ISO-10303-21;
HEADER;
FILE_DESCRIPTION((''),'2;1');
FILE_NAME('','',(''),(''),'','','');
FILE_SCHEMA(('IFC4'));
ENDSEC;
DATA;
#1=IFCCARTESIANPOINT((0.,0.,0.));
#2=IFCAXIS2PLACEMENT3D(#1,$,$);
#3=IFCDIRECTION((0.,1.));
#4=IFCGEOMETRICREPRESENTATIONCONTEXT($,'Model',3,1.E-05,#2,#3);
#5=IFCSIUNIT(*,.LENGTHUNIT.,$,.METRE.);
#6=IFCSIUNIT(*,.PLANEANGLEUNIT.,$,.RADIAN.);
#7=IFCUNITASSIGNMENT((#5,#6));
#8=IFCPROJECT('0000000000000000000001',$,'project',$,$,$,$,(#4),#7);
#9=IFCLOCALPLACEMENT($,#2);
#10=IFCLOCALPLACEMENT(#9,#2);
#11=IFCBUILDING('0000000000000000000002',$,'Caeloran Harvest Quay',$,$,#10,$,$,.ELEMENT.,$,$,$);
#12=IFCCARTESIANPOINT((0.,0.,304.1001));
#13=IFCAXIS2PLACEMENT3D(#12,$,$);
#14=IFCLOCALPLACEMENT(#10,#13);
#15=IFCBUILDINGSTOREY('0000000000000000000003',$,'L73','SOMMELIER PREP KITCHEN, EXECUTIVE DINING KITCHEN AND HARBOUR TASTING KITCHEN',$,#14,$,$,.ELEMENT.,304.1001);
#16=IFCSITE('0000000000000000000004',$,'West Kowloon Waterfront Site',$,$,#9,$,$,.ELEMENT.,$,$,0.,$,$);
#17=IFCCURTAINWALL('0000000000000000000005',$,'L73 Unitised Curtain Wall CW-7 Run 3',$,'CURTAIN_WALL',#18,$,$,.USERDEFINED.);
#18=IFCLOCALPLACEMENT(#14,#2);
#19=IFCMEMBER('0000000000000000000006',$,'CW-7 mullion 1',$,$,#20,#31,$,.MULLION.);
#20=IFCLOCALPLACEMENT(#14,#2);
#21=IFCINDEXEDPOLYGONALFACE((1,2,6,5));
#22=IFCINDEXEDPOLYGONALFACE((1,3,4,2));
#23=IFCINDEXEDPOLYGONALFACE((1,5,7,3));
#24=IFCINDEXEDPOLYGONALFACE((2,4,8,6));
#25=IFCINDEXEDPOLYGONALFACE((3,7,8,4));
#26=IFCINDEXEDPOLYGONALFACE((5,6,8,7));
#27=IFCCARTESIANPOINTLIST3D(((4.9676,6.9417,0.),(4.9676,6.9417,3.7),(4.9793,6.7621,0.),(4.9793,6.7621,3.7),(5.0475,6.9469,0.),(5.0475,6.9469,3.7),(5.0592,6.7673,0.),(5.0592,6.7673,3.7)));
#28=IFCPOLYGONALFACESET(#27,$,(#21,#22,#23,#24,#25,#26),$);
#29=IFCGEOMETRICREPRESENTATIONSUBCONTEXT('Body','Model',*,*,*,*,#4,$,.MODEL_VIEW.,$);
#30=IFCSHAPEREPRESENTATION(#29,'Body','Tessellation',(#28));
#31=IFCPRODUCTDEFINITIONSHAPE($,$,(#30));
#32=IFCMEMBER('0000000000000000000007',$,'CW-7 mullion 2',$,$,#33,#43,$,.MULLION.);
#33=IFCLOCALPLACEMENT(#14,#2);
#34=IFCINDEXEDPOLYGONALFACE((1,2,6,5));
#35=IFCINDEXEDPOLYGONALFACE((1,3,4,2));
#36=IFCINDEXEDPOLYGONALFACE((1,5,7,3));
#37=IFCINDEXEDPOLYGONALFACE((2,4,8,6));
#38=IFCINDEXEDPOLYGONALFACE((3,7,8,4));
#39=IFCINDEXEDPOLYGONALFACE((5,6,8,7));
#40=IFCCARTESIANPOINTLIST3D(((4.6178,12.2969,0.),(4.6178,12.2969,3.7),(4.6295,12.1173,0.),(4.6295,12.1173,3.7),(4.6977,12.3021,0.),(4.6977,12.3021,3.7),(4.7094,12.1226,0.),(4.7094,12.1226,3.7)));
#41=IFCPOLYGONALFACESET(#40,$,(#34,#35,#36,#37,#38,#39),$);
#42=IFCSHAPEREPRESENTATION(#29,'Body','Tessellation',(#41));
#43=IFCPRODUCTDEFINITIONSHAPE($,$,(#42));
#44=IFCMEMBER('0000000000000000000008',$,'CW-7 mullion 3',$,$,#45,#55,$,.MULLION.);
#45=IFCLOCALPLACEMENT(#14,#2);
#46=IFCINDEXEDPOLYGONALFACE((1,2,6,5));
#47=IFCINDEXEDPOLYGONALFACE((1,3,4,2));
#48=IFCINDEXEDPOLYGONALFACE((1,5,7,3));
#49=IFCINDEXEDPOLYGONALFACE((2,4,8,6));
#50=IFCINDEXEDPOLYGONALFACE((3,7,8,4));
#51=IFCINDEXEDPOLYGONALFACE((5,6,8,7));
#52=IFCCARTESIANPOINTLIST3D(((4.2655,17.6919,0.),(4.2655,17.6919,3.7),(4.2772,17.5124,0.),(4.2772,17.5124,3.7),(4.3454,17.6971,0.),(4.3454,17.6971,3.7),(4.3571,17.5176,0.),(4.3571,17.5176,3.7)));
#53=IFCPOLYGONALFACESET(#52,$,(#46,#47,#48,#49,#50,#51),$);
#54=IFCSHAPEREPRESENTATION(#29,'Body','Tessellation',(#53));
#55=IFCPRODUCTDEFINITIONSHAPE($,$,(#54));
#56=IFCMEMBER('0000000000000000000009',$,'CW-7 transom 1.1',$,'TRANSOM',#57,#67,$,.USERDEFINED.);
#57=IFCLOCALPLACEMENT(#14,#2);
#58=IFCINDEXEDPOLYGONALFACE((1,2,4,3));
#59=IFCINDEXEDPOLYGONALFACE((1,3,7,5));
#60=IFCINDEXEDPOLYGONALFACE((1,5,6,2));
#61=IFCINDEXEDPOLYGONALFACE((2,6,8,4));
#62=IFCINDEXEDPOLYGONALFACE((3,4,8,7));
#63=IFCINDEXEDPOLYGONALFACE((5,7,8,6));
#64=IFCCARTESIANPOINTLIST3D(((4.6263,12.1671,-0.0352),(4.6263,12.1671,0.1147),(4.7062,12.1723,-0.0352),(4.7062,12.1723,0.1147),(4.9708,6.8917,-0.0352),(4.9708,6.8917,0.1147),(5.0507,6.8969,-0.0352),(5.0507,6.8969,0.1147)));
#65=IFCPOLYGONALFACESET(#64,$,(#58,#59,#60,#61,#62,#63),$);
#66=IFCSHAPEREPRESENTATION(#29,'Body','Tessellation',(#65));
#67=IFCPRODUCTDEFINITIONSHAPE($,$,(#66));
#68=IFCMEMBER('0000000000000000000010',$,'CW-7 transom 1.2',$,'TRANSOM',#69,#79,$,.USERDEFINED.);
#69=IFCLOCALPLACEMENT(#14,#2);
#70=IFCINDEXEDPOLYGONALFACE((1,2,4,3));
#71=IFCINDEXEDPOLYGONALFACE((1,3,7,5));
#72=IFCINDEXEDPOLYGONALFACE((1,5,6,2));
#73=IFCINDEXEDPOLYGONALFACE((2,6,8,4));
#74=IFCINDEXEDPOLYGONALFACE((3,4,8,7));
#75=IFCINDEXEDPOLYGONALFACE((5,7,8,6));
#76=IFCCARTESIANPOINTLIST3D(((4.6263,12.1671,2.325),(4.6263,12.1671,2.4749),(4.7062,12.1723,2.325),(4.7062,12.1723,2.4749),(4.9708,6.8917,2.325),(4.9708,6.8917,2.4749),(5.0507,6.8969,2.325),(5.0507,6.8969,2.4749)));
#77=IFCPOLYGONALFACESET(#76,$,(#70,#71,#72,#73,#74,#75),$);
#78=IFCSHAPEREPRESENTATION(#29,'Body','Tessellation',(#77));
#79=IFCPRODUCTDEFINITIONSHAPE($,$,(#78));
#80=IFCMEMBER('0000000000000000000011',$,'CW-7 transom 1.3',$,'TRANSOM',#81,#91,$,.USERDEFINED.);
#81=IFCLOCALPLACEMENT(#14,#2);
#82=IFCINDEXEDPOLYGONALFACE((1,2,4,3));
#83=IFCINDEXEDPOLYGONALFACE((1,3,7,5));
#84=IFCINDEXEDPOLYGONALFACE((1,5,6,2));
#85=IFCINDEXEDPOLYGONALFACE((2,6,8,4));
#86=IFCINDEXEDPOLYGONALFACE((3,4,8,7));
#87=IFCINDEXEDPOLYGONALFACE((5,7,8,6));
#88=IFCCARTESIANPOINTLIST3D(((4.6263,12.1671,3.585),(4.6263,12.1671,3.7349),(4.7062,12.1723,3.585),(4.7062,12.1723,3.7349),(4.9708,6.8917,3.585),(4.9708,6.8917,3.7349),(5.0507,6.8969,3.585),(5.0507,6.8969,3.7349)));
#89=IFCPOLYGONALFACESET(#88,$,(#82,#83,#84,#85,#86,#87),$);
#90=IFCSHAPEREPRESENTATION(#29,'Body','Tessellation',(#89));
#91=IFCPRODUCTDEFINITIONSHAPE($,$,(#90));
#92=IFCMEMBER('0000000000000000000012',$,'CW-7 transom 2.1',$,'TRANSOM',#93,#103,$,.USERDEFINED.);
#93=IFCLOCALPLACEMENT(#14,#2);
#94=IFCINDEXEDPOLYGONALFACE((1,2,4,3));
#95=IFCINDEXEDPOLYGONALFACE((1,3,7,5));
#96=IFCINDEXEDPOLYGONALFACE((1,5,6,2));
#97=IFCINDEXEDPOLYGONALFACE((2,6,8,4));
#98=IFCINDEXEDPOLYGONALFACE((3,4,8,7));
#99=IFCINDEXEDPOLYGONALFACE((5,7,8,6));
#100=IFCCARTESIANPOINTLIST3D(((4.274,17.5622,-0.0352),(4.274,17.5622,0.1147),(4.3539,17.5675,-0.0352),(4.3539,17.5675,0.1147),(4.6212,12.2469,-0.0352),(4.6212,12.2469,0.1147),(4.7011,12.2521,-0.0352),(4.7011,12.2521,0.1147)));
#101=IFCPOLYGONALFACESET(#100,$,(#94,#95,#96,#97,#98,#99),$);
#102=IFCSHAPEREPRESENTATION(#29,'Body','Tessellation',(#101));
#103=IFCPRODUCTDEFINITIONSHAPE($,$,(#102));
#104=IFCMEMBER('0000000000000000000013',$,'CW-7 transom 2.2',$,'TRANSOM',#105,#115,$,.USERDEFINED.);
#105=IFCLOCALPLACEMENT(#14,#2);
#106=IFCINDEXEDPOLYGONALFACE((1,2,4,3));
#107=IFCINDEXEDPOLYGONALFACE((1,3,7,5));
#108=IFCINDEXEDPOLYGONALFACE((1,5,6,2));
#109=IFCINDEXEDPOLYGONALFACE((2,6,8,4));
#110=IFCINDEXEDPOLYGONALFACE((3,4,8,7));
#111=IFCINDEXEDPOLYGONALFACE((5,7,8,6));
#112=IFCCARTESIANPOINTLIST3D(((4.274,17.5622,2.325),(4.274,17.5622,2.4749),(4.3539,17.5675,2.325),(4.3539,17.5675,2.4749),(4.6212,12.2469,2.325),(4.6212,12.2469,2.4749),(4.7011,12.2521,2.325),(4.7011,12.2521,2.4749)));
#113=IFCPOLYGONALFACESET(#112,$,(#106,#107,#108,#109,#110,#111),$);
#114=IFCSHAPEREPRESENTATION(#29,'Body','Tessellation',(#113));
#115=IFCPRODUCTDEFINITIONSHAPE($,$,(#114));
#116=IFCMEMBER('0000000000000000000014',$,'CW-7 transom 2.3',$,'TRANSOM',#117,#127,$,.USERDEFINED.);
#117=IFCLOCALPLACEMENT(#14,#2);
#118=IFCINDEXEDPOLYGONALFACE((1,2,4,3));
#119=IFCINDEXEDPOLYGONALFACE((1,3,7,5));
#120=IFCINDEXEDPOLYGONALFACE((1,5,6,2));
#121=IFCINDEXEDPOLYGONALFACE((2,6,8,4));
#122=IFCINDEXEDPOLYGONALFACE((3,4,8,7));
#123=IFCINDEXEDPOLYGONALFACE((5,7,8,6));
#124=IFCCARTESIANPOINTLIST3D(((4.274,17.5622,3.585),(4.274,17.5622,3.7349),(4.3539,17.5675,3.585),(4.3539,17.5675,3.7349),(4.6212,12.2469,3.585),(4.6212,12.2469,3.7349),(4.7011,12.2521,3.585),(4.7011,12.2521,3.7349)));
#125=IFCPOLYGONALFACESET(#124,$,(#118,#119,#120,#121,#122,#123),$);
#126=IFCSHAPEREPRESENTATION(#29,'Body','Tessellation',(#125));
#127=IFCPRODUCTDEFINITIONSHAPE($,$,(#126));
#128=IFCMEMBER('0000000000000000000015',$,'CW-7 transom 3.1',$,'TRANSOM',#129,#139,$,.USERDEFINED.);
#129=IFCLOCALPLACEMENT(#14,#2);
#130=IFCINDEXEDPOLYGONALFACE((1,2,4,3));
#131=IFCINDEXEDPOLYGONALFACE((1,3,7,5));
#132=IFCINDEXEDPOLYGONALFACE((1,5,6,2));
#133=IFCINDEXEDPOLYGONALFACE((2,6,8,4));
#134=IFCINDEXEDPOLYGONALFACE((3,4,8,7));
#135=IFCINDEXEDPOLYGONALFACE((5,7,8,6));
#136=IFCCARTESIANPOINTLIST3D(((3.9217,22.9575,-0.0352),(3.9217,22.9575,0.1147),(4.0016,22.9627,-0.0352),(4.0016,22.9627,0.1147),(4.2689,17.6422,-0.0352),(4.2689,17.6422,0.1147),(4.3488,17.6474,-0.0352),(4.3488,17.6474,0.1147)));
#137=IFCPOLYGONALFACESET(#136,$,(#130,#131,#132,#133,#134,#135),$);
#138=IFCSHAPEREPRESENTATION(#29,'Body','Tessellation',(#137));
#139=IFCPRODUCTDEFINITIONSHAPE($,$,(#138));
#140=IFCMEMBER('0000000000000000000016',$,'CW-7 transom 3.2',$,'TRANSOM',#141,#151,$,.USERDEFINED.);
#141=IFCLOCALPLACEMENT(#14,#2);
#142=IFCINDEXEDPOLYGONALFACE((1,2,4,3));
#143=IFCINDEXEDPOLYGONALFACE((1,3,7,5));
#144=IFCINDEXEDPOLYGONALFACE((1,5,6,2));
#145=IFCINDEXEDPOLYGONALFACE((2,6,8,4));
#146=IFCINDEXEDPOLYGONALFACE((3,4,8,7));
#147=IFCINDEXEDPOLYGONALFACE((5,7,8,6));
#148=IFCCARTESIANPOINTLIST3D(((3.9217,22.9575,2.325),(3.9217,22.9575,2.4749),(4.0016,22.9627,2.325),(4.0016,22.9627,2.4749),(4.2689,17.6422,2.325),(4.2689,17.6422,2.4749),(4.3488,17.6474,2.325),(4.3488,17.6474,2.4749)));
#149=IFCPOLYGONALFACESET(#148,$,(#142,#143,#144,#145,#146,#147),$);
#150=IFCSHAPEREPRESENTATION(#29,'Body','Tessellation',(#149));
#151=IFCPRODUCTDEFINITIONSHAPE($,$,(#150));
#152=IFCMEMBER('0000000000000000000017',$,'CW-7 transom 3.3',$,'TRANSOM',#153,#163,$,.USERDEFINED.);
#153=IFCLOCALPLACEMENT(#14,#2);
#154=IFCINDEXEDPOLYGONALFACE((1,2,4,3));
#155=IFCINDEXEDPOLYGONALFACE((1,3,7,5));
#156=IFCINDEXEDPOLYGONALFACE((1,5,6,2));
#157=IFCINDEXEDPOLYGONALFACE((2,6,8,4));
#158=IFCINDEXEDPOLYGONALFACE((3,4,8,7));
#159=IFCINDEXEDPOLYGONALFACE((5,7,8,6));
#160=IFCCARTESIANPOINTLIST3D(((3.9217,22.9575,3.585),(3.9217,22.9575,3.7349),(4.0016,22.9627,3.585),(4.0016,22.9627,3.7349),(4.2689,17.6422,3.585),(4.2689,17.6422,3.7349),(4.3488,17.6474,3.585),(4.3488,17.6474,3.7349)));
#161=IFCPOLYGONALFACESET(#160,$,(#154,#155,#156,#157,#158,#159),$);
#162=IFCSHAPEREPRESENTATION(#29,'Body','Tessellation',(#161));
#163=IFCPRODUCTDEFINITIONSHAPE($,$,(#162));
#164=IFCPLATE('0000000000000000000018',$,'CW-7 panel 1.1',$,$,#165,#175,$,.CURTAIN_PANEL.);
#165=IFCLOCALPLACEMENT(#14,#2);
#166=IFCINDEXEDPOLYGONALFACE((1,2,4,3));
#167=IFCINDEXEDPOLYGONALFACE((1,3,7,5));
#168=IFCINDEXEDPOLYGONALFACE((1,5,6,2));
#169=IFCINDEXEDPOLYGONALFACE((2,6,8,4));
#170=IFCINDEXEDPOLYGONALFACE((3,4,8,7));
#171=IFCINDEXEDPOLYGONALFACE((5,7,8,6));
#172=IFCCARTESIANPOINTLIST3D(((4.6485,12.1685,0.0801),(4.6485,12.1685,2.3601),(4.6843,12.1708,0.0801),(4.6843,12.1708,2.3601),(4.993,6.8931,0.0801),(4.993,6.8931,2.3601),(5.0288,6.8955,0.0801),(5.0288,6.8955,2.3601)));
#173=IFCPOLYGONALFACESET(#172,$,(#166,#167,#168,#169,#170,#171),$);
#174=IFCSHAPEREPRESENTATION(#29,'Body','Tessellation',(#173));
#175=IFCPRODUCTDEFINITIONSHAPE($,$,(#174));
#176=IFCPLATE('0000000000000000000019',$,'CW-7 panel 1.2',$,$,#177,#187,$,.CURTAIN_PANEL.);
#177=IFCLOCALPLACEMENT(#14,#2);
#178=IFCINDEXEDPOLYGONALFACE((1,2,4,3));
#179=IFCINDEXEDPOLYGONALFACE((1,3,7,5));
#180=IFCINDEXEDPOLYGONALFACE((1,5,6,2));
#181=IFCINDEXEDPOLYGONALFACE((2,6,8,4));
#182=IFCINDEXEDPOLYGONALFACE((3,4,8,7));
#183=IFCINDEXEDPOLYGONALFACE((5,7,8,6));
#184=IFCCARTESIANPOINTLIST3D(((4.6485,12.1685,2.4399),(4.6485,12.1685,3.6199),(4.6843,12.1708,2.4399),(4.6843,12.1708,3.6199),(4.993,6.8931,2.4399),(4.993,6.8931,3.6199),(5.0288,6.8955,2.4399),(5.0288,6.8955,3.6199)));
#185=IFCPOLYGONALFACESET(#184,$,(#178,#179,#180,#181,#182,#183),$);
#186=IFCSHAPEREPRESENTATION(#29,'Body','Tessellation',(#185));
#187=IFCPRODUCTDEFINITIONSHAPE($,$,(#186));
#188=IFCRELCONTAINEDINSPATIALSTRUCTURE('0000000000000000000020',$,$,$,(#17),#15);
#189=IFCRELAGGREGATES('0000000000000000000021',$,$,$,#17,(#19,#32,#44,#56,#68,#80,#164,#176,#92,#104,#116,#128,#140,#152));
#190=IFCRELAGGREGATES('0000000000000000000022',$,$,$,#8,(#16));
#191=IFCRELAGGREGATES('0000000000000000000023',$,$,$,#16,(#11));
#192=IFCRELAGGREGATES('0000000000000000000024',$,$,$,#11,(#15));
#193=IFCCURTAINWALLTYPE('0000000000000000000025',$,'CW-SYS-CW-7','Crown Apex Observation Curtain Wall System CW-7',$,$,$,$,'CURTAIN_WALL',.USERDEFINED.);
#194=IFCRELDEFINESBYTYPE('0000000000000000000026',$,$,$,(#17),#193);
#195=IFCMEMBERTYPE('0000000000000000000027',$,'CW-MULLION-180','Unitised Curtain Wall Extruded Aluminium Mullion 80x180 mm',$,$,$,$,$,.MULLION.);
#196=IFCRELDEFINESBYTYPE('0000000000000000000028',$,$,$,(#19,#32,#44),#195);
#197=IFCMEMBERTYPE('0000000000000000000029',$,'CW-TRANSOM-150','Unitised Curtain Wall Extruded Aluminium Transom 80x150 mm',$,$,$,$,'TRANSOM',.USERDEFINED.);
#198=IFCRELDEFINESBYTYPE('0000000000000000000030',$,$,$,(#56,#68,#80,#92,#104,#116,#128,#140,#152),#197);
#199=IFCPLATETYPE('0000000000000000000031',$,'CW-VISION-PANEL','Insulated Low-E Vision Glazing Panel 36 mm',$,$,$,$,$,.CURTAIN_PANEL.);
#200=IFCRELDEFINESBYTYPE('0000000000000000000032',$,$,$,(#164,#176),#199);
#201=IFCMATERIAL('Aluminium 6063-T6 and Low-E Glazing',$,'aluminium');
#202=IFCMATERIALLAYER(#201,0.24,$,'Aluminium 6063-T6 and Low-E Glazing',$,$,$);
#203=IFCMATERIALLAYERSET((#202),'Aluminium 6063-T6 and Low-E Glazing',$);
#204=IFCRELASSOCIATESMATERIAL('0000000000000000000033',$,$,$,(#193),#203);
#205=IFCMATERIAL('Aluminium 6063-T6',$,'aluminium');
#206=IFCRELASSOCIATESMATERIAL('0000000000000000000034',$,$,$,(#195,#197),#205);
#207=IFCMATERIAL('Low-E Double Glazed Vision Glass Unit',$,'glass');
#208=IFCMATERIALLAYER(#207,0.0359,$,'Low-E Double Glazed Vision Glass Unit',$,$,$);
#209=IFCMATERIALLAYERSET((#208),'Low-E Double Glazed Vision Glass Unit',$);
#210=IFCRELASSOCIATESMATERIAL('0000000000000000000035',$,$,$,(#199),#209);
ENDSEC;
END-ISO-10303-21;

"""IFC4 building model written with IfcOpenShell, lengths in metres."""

from ifc_helpers import new_model, si_unit, direction, frame, origin, origin_2d, place, context, subcontext, project, spatial, rectangle, extrude, material, layer, layer_set, material_profile, profile_set, type_object, element, aggregate, save


model = new_model("IFC4")

# Units and contexts
model_context = context("Model", 3, precision=1e-05, world=origin(), true_north=direction((0.0, 1.0)))
body_context = subcontext(model_context, "Body", "Model", "MODEL_VIEW")
ifc_project = project(units=[si_unit("LENGTHUNIT", "METRE"), si_unit("PLANEANGLEUNIT", "RADIAN")], contexts=[model_context])

# Site, building, storey
site_placement = place(None, origin())
site = spatial("IfcSite", under=ifc_project, at=site_placement, Name="West Kowloon Waterfront Site", CompositionType="ELEMENT", RefElevation=0.0)
building_placement = place(site_placement, origin())
building = spatial("IfcBuilding", under=site, at=building_placement, Name="Caeloran Harvest Quay", CompositionType="ELEMENT")
storey_placement = place(building_placement, frame((0.0, 0.0, 304.1001)))
storey = spatial("IfcBuildingStorey", under=building, at=storey_placement, Name="L73", Description="SOMMELIER PREP KITCHEN, EXECUTIVE DINING KITCHEN AND HARBOUR TASTING KITCHEN", CompositionType="ELEMENT", Elevation=304.1001)

# Curtain wall, members, plates
ifc_material_1 = material(Name="Aluminium 6063-T6 and Low-E Glazing", Category="aluminium")
ifc_layer_1 = layer(ifc_material_1, 0.24, Name="Aluminium 6063-T6 and Low-E Glazing")
ifc_layer_set_1 = layer_set([ifc_layer_1], Name="Aluminium 6063-T6 and Low-E Glazing")
curtain_wall_type = type_object("IfcCurtainWallType", Name="CW-SYS-CW-7", Description="Crown Apex Observation Curtain Wall System CW-7", ElementType="CURTAIN_WALL", PredefinedType="USERDEFINED", material=ifc_layer_set_1)
curtain_wall_placement = place(storey_placement, origin())
curtain_wall = element("IfcCurtainWall", 1, at=curtain_wall_placement, inside=storey, type_object=curtain_wall_type, Name="L73 Unitised Curtain Wall CW-7 Run 3", ObjectType="CURTAIN_WALL", PredefinedType="USERDEFINED")
ifc_material_2 = material(Name="Aluminium 6063-T6", Category="aluminium")
ifc_material_profile_1 = material_profile(ifc_material_2, rectangle(XDim=0.0801, YDim=0.1799, at=origin_2d()), Name="CW-MULLION-180")
ifc_profile_set_1 = profile_set([ifc_material_profile_1], Name="Aluminium 6063-T6")
member_type_1 = type_object("IfcMemberType", Name="CW-MULLION-180", Description="Unitised Curtain Wall Extruded Aluminium Mullion 80x180 mm", PredefinedType="MULLION", material=ifc_profile_set_1)
member_1_placement = place(storey_placement, frame((5.0134, 6.8545, 0.0), z_axis=(0.0, 0.0, 1.0), x_axis=(-0.997874, -0.065167, 0.0)))
member_1 = element("IfcMember", 2, at=member_1_placement, type_object=member_type_1, Name="CW-7 mullion 1", PredefinedType="MULLION", context=body_context, shape_type="SweptSolid", body=[
    extrude(rectangle(XDim=0.0801, YDim=0.1799, at=origin_2d()), origin(), (0.0, 0.0, 1.0), 3.7),
])
member_2_placement = place(storey_placement, frame((4.6636, 12.2097, 0.0), z_axis=(0.0, 0.0, 1.0), x_axis=(-0.997874, -0.065167, 0.0)))
member_2 = element("IfcMember", 3, at=member_2_placement, type_object=member_type_1, Name="CW-7 mullion 2", PredefinedType="MULLION", context=body_context, shape_type="SweptSolid", body=[
    extrude(rectangle(XDim=0.0801, YDim=0.1799, at=origin_2d()), origin(), (0.0, 0.0, 1.0), 3.7),
])
member_3_placement = place(storey_placement, frame((4.3113, 17.6047, 0.0), z_axis=(0.0, 0.0, 1.0), x_axis=(-0.997874, -0.065167, 0.0)))
member_3 = element("IfcMember", 4, at=member_3_placement, type_object=member_type_1, Name="CW-7 mullion 3", PredefinedType="MULLION", context=body_context, shape_type="SweptSolid", body=[
    extrude(rectangle(XDim=0.0801, YDim=0.1799, at=origin_2d()), origin(), (0.0, 0.0, 1.0), 3.7),
])
ifc_material_profile_2 = material_profile(ifc_material_2, rectangle(XDim=0.0801, YDim=0.1499, at=origin_2d()), Name="CW-TRANSOM-150")
ifc_profile_set_2 = profile_set([ifc_material_profile_2], Name="Aluminium 6063-T6")
member_type_2 = type_object("IfcMemberType", Name="CW-TRANSOM-150", Description="Unitised Curtain Wall Extruded Aluminium Transom 80x150 mm", ElementType="TRANSOM", PredefinedType="USERDEFINED", material=ifc_profile_set_2)
member_4_placement = place(storey_placement, frame((5.0107, 6.8943, 0.0398), z_axis=(-0.065161, 0.997875, 0.0), x_axis=(-0.997875, -0.065161, 0.0)))
member_4 = element("IfcMember", 5, at=member_4_placement, type_object=member_type_2, Name="CW-7 transom 1.1", ObjectType="TRANSOM", PredefinedType="USERDEFINED", context=body_context, shape_type="SweptSolid", body=[
    extrude(rectangle(XDim=0.0801, YDim=0.1499, at=origin_2d()), origin(), (0.0, 0.0, 1.0), 5.2866),
])
member_5_placement = place(storey_placement, frame((5.0107, 6.8943, 2.3999), z_axis=(-0.065161, 0.997875, 0.0), x_axis=(-0.997875, -0.065161, 0.0)))
member_5 = element("IfcMember", 6, at=member_5_placement, type_object=member_type_2, Name="CW-7 transom 1.2", ObjectType="TRANSOM", PredefinedType="USERDEFINED", context=body_context, shape_type="SweptSolid", body=[
    extrude(rectangle(XDim=0.0801, YDim=0.1499, at=origin_2d()), origin(), (0.0, 0.0, 1.0), 5.2866),
])
member_6_placement = place(storey_placement, frame((5.0107, 6.8943, 3.6599), z_axis=(-0.065161, 0.997875, 0.0), x_axis=(-0.997875, -0.065161, 0.0)))
member_6 = element("IfcMember", 7, at=member_6_placement, type_object=member_type_2, Name="CW-7 transom 1.3", ObjectType="TRANSOM", PredefinedType="USERDEFINED", context=body_context, shape_type="SweptSolid", body=[
    extrude(rectangle(XDim=0.0801, YDim=0.1499, at=origin_2d()), origin(), (0.0, 0.0, 1.0), 5.2866),
])
member_7_placement = place(storey_placement, frame((4.6611, 12.2495, 0.0398), z_axis=(-0.065174, 0.997874, 0.0), x_axis=(-0.997874, -0.065174, 0.0)))
member_7 = element("IfcMember", 8, at=member_7_placement, type_object=member_type_2, Name="CW-7 transom 2.1", ObjectType="TRANSOM", PredefinedType="USERDEFINED", context=body_context, shape_type="SweptSolid", body=[
    extrude(rectangle(XDim=0.0801, YDim=0.1499, at=origin_2d()), origin(), (0.0, 0.0, 1.0), 5.3267),
])
member_8_placement = place(storey_placement, frame((4.6611, 12.2495, 2.3999), z_axis=(-0.065174, 0.997874, 0.0), x_axis=(-0.997874, -0.065174, 0.0)))
member_8 = element("IfcMember", 9, at=member_8_placement, type_object=member_type_2, Name="CW-7 transom 2.2", ObjectType="TRANSOM", PredefinedType="USERDEFINED", context=body_context, shape_type="SweptSolid", body=[
    extrude(rectangle(XDim=0.0801, YDim=0.1499, at=origin_2d()), origin(), (0.0, 0.0, 1.0), 5.3267),
])
member_9_placement = place(storey_placement, frame((4.6611, 12.2495, 3.6599), z_axis=(-0.065174, 0.997874, 0.0), x_axis=(-0.997874, -0.065174, 0.0)))
member_9 = element("IfcMember", 10, at=member_9_placement, type_object=member_type_2, Name="CW-7 transom 2.3", ObjectType="TRANSOM", PredefinedType="USERDEFINED", context=body_context, shape_type="SweptSolid", body=[
    extrude(rectangle(XDim=0.0801, YDim=0.1499, at=origin_2d()), origin(), (0.0, 0.0, 1.0), 5.3267),
])
member_10_placement = place(storey_placement, frame((4.3088, 17.6448, 0.0398), z_axis=(-0.065174, 0.997874, 0.0), x_axis=(-0.997874, -0.065174, 0.0)))
member_10 = element("IfcMember", 11, at=member_10_placement, type_object=member_type_2, Name="CW-7 transom 3.1", ObjectType="TRANSOM", PredefinedType="USERDEFINED", context=body_context, shape_type="SweptSolid", body=[
    extrude(rectangle(XDim=0.0801, YDim=0.1499, at=origin_2d()), origin(), (0.0, 0.0, 1.0), 5.3267),
])
member_11_placement = place(storey_placement, frame((4.3088, 17.6448, 2.3999), z_axis=(-0.065174, 0.997874, 0.0), x_axis=(-0.997874, -0.065174, 0.0)))
member_11 = element("IfcMember", 12, at=member_11_placement, type_object=member_type_2, Name="CW-7 transom 3.2", ObjectType="TRANSOM", PredefinedType="USERDEFINED", context=body_context, shape_type="SweptSolid", body=[
    extrude(rectangle(XDim=0.0801, YDim=0.1499, at=origin_2d()), origin(), (0.0, 0.0, 1.0), 5.3267),
])
member_12_placement = place(storey_placement, frame((4.3088, 17.6448, 3.6599), z_axis=(-0.065174, 0.997874, 0.0), x_axis=(-0.997874, -0.065174, 0.0)))
member_12 = element("IfcMember", 13, at=member_12_placement, type_object=member_type_2, Name="CW-7 transom 3.3", ObjectType="TRANSOM", PredefinedType="USERDEFINED", context=body_context, shape_type="SweptSolid", body=[
    extrude(rectangle(XDim=0.0801, YDim=0.1499, at=origin_2d()), origin(), (0.0, 0.0, 1.0), 5.3267),
])
ifc_material_3 = material(Name="Low-E Double Glazed Vision Glass Unit", Category="glass")
ifc_layer_2 = layer(ifc_material_3, 0.0359, Name="Low-E Double Glazed Vision Glass Unit")
ifc_layer_set_2 = layer_set([ifc_layer_2], Name="Low-E Double Glazed Vision Glass Unit")
plate_type = type_object("IfcPlateType", Name="CW-VISION-PANEL", Description="Insulated Low-E Vision Glazing Panel 36 mm", PredefinedType="CURTAIN_PANEL", material=ifc_layer_set_2)
plate_1_placement = place(storey_placement, frame((4.8386, 9.532, 0.0801), z_axis=(0.0, 0.0, 1.0), x_axis=(-0.065167, 0.997874, 0.0)))
plate_1 = element("IfcPlate", 14, at=plate_1_placement, type_object=plate_type, Name="CW-7 panel 1.1", PredefinedType="CURTAIN_PANEL", context=body_context, shape_type="SweptSolid", body=[
    extrude(rectangle(XDim=5.2866, YDim=0.0359, at=origin_2d()), origin(), (0.0, 0.0, 1.0), 2.28),
])
plate_2_placement = place(storey_placement, frame((4.8386, 9.532, 2.4399), z_axis=(0.0, 0.0, 1.0), x_axis=(-0.065167, 0.997874, 0.0)))
plate_2 = element("IfcPlate", 15, at=plate_2_placement, type_object=plate_type, Name="CW-7 panel 1.2", PredefinedType="CURTAIN_PANEL", context=body_context, shape_type="SweptSolid", body=[
    extrude(rectangle(XDim=5.2866, YDim=0.0359, at=origin_2d()), origin(), (0.0, 0.0, 1.0), 1.1799),
])
aggregate(curtain_wall, [member_1, member_2, member_3, member_4, member_5, member_6, plate_1, plate_2, member_7, member_8, member_9, member_10, member_11, member_12])

save(model, "model.ifc")
